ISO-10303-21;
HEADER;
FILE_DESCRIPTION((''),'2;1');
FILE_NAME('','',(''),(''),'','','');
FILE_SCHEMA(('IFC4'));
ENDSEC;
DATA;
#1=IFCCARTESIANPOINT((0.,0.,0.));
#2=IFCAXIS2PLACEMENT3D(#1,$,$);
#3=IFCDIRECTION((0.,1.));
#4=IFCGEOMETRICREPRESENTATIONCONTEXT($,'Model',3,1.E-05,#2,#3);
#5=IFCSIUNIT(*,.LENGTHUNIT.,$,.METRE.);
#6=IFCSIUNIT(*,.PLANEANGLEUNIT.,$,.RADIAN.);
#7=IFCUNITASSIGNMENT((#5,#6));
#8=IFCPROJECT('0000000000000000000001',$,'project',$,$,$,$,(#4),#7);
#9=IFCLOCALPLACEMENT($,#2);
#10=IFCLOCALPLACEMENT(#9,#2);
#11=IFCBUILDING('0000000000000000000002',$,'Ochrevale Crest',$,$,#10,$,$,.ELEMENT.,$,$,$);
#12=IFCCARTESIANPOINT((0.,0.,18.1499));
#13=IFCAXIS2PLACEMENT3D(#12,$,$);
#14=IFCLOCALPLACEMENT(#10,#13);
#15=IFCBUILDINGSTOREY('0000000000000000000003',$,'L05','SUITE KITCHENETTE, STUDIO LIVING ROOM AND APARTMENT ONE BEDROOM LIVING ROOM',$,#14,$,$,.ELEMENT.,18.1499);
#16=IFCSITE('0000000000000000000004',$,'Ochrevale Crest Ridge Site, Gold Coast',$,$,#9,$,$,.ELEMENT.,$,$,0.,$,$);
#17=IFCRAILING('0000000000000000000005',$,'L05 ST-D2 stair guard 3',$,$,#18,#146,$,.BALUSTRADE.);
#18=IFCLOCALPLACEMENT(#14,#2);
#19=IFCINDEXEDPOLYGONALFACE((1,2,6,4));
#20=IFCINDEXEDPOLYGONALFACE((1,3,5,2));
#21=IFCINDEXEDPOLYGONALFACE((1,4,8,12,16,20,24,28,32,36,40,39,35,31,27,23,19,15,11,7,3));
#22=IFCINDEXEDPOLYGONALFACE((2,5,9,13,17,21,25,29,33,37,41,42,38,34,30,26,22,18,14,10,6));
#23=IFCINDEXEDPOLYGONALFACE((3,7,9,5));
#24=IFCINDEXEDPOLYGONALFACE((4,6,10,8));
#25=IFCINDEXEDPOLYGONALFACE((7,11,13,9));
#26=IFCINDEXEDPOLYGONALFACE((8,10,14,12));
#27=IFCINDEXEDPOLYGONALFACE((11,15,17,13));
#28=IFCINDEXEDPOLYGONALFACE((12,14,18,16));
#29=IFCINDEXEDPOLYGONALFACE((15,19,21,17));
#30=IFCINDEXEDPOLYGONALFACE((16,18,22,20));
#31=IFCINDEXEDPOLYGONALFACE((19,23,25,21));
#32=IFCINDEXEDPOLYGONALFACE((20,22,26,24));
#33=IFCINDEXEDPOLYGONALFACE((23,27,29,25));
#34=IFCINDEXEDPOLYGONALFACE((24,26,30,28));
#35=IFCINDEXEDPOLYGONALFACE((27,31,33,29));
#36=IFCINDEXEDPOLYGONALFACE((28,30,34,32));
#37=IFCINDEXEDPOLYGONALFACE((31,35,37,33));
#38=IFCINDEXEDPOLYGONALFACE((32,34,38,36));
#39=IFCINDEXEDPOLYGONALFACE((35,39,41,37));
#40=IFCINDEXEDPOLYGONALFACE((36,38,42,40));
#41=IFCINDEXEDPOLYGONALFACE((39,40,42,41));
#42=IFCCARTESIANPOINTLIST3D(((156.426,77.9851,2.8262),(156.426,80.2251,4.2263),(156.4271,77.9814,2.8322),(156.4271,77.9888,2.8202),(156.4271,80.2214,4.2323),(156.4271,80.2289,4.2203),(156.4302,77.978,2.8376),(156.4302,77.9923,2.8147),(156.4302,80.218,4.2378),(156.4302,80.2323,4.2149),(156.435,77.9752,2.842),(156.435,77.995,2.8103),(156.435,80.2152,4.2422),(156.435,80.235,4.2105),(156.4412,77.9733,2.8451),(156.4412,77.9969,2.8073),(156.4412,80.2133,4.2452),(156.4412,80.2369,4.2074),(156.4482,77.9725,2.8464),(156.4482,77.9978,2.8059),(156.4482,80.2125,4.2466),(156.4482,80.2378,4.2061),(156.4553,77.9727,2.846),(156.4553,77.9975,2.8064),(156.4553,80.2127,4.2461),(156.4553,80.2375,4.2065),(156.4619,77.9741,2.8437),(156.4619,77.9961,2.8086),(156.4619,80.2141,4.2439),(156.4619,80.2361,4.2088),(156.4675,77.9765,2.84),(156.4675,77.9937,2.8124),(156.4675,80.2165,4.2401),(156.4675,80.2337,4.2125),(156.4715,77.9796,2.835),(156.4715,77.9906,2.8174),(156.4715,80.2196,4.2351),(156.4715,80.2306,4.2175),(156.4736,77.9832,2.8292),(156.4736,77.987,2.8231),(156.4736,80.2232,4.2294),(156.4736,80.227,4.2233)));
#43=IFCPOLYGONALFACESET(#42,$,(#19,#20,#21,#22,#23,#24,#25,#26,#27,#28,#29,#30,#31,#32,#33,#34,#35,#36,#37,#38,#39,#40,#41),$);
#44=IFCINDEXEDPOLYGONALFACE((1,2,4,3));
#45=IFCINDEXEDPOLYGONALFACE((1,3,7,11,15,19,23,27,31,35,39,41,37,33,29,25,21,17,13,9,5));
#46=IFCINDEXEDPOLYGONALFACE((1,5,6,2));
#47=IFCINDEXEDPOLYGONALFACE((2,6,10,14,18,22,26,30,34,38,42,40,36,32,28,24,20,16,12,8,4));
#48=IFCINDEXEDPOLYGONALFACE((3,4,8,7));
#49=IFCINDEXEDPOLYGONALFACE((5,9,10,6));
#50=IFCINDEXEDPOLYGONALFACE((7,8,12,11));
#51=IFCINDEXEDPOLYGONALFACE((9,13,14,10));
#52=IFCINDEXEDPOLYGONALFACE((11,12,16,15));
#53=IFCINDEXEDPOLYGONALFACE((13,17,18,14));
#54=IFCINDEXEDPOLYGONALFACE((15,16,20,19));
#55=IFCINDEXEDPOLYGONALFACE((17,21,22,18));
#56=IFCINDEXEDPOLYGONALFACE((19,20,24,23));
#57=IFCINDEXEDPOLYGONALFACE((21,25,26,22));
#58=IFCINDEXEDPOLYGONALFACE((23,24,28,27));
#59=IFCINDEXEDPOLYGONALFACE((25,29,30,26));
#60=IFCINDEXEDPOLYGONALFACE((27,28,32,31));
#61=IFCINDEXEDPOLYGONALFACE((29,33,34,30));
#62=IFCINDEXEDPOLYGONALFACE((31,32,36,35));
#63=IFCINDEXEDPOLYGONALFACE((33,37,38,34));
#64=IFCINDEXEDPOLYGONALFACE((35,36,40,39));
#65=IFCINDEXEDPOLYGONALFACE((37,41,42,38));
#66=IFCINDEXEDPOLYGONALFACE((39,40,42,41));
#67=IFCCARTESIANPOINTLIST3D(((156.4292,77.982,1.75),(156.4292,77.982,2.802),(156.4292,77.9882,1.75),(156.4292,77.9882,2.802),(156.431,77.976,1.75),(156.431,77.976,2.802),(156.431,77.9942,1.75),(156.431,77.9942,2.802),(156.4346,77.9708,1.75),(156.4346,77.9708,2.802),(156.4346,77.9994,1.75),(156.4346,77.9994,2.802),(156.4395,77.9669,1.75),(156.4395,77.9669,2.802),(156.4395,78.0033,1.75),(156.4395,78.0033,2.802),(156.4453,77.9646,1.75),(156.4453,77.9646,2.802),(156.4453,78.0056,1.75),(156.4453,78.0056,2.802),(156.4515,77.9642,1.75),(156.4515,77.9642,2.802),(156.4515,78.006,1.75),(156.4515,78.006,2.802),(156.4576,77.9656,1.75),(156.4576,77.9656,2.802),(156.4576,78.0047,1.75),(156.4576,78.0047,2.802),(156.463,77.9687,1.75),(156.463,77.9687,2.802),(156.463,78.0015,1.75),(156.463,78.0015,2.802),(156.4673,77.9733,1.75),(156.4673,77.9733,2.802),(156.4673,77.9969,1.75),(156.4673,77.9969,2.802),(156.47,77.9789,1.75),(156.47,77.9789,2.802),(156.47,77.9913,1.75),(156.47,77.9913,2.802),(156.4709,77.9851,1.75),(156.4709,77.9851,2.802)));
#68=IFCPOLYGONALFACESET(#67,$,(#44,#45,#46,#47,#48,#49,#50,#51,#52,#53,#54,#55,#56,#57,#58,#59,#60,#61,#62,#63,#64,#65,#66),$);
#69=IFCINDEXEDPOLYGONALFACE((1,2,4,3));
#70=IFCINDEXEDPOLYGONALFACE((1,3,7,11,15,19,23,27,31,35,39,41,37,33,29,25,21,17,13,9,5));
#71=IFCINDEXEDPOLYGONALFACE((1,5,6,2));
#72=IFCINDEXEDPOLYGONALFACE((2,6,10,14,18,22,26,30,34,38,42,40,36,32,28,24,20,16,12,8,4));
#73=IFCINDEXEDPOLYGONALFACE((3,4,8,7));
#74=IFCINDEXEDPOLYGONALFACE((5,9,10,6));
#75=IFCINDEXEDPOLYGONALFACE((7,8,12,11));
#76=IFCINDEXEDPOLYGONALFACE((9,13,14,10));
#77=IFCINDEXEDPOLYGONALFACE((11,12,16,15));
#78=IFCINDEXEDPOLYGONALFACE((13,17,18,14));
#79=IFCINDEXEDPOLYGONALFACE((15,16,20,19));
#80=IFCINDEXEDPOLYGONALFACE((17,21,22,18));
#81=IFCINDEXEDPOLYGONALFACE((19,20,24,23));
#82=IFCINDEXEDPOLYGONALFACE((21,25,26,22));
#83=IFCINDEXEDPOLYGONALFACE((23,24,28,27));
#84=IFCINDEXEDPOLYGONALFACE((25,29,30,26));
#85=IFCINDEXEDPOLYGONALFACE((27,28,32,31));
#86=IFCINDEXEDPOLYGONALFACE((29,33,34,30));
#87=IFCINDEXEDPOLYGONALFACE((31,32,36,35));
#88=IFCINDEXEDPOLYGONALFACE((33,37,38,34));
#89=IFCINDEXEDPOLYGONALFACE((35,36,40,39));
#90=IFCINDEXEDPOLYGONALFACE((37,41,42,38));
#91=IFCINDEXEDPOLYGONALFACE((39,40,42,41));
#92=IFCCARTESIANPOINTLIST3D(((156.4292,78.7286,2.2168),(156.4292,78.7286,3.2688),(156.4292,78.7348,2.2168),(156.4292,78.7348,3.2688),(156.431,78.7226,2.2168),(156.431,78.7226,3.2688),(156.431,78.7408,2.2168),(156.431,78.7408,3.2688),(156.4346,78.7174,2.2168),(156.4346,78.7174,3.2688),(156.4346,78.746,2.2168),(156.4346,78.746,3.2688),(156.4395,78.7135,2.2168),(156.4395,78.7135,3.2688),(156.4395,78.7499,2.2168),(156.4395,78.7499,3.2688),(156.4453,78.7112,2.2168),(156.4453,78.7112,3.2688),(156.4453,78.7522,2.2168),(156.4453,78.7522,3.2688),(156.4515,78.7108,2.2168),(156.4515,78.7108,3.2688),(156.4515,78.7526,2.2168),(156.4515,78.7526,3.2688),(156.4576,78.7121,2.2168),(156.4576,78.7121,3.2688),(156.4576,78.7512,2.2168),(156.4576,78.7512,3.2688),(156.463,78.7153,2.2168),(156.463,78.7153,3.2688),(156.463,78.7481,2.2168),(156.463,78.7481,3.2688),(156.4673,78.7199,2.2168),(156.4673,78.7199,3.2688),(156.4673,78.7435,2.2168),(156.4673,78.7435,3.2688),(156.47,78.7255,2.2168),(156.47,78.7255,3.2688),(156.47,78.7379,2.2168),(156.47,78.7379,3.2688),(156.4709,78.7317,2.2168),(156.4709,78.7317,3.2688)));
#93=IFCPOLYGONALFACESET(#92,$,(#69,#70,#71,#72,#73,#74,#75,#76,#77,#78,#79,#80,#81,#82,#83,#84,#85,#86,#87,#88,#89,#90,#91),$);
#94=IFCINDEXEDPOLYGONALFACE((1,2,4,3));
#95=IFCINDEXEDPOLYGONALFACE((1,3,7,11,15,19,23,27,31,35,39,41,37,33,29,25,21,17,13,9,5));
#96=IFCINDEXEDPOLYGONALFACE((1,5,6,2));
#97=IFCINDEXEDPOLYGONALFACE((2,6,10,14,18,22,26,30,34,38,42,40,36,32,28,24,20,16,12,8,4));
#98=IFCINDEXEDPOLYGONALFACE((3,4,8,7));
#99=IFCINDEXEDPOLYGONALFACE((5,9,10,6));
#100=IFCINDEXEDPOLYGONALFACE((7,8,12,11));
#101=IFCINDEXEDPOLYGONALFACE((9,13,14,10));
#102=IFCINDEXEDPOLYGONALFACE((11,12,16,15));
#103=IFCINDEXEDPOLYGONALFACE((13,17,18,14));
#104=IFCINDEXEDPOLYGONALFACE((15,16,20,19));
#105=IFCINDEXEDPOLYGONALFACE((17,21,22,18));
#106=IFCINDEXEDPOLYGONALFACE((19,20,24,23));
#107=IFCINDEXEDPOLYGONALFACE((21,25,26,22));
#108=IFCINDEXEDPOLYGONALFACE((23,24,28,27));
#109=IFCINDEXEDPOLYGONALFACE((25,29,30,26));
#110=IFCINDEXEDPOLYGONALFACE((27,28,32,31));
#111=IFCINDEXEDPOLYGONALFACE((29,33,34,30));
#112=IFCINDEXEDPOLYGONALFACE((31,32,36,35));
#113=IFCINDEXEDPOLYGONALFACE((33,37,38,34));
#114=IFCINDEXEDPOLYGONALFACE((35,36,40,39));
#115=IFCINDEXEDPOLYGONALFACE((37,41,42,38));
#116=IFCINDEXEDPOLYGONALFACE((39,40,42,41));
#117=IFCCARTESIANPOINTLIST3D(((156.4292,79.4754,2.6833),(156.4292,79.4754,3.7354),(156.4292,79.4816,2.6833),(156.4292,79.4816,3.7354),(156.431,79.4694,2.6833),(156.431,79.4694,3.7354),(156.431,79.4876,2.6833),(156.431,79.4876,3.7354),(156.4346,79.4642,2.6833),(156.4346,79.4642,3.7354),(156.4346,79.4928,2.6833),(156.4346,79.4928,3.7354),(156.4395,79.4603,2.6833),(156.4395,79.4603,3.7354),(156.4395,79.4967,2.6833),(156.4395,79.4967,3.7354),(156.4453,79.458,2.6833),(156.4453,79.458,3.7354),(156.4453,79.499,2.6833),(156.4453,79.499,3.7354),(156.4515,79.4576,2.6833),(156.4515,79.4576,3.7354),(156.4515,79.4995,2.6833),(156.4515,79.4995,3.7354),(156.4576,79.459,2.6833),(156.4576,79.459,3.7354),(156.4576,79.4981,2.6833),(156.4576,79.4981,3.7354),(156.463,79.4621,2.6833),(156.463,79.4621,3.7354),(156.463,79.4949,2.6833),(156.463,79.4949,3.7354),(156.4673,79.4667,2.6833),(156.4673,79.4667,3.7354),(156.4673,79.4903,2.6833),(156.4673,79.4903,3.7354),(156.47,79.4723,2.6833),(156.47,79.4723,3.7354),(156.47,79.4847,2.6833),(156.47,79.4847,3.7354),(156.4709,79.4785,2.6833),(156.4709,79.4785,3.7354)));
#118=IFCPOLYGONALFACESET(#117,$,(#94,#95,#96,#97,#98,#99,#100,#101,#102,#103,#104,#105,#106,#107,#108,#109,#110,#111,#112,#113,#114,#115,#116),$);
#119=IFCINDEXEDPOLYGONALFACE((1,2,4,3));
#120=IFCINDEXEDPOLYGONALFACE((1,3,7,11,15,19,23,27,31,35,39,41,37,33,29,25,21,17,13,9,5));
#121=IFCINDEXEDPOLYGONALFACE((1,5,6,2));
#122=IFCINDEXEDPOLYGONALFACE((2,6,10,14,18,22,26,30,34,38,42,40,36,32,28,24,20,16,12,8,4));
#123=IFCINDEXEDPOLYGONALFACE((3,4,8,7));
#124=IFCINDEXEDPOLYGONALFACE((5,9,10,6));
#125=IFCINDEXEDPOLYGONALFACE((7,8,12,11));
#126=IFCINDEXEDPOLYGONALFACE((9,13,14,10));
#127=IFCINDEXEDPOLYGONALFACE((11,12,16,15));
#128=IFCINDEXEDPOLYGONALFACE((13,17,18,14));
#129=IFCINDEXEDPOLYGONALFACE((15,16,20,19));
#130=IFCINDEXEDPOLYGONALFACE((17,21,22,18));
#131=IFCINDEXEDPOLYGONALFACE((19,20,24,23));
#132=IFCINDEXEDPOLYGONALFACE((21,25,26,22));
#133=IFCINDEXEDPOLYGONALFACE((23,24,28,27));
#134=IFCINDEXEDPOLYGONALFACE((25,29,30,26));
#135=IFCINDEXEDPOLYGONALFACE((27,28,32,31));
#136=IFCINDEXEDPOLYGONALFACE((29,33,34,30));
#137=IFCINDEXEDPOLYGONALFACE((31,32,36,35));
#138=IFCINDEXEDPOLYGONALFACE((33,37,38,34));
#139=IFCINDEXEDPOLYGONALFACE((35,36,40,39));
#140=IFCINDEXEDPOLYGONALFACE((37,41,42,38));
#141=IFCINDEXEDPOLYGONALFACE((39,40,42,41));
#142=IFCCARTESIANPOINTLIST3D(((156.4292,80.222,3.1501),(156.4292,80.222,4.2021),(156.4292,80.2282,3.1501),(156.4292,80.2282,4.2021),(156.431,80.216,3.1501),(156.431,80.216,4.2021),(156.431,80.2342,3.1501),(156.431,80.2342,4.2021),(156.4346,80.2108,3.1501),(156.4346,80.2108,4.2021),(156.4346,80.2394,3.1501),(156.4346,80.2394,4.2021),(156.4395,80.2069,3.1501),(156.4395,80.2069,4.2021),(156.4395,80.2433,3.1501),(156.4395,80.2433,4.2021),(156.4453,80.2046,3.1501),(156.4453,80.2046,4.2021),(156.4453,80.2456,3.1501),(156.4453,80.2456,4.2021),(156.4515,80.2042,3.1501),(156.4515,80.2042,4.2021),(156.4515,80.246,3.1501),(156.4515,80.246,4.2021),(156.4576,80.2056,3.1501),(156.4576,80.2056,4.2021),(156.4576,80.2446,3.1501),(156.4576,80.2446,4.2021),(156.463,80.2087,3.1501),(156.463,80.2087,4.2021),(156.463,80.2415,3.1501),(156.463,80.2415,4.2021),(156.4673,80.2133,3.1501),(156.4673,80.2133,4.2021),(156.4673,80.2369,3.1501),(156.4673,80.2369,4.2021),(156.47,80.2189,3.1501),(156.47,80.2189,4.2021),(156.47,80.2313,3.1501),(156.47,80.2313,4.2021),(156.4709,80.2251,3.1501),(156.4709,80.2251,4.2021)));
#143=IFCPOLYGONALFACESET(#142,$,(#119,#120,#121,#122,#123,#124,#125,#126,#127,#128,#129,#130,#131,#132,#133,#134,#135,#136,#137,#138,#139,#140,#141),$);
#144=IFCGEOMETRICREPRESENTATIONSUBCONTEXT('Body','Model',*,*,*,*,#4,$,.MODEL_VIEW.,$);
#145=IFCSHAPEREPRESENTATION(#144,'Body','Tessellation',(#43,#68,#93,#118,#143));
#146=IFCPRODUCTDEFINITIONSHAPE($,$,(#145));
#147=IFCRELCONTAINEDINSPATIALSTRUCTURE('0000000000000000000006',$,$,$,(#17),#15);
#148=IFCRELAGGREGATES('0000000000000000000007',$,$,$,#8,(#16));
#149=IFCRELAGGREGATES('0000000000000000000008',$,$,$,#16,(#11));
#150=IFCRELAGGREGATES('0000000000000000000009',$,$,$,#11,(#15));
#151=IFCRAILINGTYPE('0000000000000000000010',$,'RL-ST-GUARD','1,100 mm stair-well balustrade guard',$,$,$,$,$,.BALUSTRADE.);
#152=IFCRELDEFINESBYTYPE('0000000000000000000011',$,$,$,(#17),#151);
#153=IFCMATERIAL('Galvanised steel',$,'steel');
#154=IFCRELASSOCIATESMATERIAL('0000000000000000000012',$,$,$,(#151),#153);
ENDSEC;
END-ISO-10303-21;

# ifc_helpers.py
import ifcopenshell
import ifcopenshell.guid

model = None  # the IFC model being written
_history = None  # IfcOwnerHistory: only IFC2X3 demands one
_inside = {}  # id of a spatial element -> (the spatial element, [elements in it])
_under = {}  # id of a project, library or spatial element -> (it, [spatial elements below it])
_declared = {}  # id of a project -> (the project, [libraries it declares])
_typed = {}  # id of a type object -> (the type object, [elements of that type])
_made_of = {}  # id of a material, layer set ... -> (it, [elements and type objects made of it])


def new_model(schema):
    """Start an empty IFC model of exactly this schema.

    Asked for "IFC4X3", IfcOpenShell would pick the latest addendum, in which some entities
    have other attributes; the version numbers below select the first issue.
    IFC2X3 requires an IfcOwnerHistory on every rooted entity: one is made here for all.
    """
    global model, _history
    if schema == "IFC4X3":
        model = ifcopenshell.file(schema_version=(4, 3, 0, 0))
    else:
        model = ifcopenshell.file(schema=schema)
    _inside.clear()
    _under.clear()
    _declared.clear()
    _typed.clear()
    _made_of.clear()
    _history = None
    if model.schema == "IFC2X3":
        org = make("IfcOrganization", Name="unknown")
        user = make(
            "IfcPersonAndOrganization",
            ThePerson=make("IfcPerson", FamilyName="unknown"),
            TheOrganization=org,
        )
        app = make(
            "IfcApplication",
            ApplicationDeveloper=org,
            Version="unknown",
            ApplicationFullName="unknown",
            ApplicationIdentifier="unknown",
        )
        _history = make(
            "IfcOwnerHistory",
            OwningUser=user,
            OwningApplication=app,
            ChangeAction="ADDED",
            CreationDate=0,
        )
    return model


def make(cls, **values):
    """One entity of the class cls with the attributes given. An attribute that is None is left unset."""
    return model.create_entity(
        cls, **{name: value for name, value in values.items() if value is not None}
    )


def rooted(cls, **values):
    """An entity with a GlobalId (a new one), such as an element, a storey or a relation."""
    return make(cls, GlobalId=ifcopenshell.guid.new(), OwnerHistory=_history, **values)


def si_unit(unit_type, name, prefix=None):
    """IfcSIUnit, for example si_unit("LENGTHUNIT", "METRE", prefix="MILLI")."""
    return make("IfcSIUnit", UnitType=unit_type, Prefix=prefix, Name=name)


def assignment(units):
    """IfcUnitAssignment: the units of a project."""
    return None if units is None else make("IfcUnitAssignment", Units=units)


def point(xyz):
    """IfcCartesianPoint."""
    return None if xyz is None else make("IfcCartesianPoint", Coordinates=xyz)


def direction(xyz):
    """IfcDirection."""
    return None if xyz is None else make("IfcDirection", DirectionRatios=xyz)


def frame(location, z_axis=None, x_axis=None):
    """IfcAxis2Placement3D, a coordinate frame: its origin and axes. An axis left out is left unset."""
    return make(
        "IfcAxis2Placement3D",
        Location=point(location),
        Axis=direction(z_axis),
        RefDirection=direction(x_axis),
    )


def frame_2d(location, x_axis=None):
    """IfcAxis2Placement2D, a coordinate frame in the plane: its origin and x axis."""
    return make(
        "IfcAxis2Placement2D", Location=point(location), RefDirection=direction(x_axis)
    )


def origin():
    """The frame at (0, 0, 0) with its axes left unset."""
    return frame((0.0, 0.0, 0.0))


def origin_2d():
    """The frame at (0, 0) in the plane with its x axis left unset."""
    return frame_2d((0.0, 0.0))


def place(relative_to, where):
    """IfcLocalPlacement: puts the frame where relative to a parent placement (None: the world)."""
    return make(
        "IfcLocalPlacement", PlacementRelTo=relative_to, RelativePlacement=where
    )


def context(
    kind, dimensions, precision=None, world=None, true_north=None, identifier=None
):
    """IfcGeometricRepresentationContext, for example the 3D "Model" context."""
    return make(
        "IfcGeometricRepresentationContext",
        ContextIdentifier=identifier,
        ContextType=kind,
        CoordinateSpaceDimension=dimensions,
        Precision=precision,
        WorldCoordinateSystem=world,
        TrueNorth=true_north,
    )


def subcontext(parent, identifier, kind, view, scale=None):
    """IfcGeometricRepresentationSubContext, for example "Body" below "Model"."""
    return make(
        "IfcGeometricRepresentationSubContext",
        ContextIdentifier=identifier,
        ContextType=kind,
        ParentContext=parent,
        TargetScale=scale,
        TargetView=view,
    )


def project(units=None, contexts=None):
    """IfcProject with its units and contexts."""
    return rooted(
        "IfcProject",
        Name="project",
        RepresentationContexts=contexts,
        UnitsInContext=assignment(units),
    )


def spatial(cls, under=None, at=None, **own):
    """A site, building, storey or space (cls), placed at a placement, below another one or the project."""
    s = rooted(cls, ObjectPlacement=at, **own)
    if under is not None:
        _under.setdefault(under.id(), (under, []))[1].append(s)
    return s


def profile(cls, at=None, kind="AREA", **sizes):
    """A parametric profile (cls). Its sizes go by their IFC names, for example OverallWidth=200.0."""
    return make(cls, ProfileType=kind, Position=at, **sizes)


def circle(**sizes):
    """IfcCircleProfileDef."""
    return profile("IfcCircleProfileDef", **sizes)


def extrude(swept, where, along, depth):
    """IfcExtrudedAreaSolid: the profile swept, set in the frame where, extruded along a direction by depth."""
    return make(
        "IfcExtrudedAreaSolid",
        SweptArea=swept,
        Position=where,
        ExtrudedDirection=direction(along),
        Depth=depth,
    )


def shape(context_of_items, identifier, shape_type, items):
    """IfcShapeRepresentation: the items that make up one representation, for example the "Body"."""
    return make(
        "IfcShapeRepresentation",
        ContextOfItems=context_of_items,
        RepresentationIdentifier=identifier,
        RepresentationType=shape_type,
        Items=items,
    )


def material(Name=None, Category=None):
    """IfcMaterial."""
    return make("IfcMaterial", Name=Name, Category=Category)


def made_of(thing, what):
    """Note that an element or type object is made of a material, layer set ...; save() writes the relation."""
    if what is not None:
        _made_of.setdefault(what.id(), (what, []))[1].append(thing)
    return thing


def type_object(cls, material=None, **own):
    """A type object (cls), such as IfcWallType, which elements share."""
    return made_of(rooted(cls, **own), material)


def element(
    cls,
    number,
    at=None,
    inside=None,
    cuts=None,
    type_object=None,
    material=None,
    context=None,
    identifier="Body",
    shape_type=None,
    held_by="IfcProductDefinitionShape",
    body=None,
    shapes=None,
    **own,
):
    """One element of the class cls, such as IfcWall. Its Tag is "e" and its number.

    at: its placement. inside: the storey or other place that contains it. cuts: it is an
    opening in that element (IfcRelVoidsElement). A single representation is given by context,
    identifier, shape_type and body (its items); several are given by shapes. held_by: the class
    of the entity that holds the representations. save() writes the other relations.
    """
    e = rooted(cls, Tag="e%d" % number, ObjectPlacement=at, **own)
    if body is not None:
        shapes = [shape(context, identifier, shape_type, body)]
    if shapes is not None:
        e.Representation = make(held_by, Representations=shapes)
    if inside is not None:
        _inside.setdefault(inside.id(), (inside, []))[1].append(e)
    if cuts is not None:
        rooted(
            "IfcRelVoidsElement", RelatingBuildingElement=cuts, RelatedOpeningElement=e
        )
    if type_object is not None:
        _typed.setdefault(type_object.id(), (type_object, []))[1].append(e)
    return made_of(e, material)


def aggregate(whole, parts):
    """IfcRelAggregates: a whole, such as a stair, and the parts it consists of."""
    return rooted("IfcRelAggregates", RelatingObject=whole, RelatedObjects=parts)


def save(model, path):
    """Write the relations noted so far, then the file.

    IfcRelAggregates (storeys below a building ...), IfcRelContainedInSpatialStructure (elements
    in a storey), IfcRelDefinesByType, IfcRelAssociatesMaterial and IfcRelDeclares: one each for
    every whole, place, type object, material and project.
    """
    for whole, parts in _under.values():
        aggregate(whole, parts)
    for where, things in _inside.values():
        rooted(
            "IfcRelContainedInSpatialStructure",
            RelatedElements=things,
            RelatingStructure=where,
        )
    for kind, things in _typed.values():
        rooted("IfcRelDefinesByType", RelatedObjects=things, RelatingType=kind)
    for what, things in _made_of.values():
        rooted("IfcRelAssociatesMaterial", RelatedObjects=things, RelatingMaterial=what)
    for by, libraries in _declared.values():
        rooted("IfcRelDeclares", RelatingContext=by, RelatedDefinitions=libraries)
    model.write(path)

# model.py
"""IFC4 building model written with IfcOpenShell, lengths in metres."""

from ifc_helpers import new_model, si_unit, direction, frame, origin, origin_2d, place, context, subcontext, project, spatial, circle, extrude, material, type_object, element, save


model = new_model("IFC4")

# Units and contexts
model_context = context("Model", 3, precision=1e-05, world=origin(), true_north=direction((0.0, 1.0)))
body_context = subcontext(model_context, "Body", "Model", "MODEL_VIEW")
ifc_project = project(units=[si_unit("LENGTHUNIT", "METRE"), si_unit("PLANEANGLEUNIT", "RADIAN")], contexts=[model_context])

# Site, building, storey
site_placement = place(None, origin())
site = spatial("IfcSite", under=ifc_project, at=site_placement, Name="Ochrevale Crest Ridge Site, Gold Coast", CompositionType="ELEMENT", RefElevation=0.0)
building_placement = place(site_placement, origin())
building = spatial("IfcBuilding", under=site, at=building_placement, Name="Ochrevale Crest", CompositionType="ELEMENT")
storey_placement = place(building_placement, frame((0.0, 0.0, 18.1499)))
storey = spatial("IfcBuildingStorey", under=building, at=storey_placement, Name="L05", Description="SUITE KITCHENETTE, STUDIO LIVING ROOM AND APARTMENT ONE BEDROOM LIVING ROOM", CompositionType="ELEMENT", Elevation=18.1499)

# Railing
ifc_material_1 = material(Name="Galvanised steel", Category="steel")
railing_type_1 = type_object("IfcRailingType", Name="RL-ST-GUARD", Description="1,100 mm stair-well balustrade guard", PredefinedType="BALUSTRADE", material=ifc_material_1)
railing_1_placement = place(storey_placement, frame((156.45, 77.9851, 1.75)))
element("IfcRailing", 1, at=railing_1_placement, inside=storey, type_object=railing_type_1, Name="L05 ST-D2 stair guard 3", PredefinedType="BALUSTRADE", context=body_context, shape_type="SweptSolid", body=[
    extrude(circle(Radius=0.0239, at=origin_2d()), frame((0.0, 0.0, 1.0762), z_axis=(0.0, 0.847972, 0.53004), x_axis=(-1.0, 0.0, 0.0)), (0.0, 0.0, 1.0), 2.6416),
    extrude(circle(Radius=0.021, at=origin_2d()), origin(), (0.0, 0.0, 1.0), 1.052),
    extrude(circle(Radius=0.021, at=origin_2d()), frame((0.0, 0.7466, 0.4668)), (0.0, 0.0, 1.0), 1.052),
    extrude(circle(Radius=0.021, at=origin_2d()), frame((0.0, 1.4934, 0.9333)), (0.0, 0.0, 1.0), 1.052),
    extrude(circle(Radius=0.021, at=origin_2d()), frame((0.0, 2.24, 1.4001)), (0.0, 0.0, 1.0), 1.052),
])

save(model, "model.ifc")
